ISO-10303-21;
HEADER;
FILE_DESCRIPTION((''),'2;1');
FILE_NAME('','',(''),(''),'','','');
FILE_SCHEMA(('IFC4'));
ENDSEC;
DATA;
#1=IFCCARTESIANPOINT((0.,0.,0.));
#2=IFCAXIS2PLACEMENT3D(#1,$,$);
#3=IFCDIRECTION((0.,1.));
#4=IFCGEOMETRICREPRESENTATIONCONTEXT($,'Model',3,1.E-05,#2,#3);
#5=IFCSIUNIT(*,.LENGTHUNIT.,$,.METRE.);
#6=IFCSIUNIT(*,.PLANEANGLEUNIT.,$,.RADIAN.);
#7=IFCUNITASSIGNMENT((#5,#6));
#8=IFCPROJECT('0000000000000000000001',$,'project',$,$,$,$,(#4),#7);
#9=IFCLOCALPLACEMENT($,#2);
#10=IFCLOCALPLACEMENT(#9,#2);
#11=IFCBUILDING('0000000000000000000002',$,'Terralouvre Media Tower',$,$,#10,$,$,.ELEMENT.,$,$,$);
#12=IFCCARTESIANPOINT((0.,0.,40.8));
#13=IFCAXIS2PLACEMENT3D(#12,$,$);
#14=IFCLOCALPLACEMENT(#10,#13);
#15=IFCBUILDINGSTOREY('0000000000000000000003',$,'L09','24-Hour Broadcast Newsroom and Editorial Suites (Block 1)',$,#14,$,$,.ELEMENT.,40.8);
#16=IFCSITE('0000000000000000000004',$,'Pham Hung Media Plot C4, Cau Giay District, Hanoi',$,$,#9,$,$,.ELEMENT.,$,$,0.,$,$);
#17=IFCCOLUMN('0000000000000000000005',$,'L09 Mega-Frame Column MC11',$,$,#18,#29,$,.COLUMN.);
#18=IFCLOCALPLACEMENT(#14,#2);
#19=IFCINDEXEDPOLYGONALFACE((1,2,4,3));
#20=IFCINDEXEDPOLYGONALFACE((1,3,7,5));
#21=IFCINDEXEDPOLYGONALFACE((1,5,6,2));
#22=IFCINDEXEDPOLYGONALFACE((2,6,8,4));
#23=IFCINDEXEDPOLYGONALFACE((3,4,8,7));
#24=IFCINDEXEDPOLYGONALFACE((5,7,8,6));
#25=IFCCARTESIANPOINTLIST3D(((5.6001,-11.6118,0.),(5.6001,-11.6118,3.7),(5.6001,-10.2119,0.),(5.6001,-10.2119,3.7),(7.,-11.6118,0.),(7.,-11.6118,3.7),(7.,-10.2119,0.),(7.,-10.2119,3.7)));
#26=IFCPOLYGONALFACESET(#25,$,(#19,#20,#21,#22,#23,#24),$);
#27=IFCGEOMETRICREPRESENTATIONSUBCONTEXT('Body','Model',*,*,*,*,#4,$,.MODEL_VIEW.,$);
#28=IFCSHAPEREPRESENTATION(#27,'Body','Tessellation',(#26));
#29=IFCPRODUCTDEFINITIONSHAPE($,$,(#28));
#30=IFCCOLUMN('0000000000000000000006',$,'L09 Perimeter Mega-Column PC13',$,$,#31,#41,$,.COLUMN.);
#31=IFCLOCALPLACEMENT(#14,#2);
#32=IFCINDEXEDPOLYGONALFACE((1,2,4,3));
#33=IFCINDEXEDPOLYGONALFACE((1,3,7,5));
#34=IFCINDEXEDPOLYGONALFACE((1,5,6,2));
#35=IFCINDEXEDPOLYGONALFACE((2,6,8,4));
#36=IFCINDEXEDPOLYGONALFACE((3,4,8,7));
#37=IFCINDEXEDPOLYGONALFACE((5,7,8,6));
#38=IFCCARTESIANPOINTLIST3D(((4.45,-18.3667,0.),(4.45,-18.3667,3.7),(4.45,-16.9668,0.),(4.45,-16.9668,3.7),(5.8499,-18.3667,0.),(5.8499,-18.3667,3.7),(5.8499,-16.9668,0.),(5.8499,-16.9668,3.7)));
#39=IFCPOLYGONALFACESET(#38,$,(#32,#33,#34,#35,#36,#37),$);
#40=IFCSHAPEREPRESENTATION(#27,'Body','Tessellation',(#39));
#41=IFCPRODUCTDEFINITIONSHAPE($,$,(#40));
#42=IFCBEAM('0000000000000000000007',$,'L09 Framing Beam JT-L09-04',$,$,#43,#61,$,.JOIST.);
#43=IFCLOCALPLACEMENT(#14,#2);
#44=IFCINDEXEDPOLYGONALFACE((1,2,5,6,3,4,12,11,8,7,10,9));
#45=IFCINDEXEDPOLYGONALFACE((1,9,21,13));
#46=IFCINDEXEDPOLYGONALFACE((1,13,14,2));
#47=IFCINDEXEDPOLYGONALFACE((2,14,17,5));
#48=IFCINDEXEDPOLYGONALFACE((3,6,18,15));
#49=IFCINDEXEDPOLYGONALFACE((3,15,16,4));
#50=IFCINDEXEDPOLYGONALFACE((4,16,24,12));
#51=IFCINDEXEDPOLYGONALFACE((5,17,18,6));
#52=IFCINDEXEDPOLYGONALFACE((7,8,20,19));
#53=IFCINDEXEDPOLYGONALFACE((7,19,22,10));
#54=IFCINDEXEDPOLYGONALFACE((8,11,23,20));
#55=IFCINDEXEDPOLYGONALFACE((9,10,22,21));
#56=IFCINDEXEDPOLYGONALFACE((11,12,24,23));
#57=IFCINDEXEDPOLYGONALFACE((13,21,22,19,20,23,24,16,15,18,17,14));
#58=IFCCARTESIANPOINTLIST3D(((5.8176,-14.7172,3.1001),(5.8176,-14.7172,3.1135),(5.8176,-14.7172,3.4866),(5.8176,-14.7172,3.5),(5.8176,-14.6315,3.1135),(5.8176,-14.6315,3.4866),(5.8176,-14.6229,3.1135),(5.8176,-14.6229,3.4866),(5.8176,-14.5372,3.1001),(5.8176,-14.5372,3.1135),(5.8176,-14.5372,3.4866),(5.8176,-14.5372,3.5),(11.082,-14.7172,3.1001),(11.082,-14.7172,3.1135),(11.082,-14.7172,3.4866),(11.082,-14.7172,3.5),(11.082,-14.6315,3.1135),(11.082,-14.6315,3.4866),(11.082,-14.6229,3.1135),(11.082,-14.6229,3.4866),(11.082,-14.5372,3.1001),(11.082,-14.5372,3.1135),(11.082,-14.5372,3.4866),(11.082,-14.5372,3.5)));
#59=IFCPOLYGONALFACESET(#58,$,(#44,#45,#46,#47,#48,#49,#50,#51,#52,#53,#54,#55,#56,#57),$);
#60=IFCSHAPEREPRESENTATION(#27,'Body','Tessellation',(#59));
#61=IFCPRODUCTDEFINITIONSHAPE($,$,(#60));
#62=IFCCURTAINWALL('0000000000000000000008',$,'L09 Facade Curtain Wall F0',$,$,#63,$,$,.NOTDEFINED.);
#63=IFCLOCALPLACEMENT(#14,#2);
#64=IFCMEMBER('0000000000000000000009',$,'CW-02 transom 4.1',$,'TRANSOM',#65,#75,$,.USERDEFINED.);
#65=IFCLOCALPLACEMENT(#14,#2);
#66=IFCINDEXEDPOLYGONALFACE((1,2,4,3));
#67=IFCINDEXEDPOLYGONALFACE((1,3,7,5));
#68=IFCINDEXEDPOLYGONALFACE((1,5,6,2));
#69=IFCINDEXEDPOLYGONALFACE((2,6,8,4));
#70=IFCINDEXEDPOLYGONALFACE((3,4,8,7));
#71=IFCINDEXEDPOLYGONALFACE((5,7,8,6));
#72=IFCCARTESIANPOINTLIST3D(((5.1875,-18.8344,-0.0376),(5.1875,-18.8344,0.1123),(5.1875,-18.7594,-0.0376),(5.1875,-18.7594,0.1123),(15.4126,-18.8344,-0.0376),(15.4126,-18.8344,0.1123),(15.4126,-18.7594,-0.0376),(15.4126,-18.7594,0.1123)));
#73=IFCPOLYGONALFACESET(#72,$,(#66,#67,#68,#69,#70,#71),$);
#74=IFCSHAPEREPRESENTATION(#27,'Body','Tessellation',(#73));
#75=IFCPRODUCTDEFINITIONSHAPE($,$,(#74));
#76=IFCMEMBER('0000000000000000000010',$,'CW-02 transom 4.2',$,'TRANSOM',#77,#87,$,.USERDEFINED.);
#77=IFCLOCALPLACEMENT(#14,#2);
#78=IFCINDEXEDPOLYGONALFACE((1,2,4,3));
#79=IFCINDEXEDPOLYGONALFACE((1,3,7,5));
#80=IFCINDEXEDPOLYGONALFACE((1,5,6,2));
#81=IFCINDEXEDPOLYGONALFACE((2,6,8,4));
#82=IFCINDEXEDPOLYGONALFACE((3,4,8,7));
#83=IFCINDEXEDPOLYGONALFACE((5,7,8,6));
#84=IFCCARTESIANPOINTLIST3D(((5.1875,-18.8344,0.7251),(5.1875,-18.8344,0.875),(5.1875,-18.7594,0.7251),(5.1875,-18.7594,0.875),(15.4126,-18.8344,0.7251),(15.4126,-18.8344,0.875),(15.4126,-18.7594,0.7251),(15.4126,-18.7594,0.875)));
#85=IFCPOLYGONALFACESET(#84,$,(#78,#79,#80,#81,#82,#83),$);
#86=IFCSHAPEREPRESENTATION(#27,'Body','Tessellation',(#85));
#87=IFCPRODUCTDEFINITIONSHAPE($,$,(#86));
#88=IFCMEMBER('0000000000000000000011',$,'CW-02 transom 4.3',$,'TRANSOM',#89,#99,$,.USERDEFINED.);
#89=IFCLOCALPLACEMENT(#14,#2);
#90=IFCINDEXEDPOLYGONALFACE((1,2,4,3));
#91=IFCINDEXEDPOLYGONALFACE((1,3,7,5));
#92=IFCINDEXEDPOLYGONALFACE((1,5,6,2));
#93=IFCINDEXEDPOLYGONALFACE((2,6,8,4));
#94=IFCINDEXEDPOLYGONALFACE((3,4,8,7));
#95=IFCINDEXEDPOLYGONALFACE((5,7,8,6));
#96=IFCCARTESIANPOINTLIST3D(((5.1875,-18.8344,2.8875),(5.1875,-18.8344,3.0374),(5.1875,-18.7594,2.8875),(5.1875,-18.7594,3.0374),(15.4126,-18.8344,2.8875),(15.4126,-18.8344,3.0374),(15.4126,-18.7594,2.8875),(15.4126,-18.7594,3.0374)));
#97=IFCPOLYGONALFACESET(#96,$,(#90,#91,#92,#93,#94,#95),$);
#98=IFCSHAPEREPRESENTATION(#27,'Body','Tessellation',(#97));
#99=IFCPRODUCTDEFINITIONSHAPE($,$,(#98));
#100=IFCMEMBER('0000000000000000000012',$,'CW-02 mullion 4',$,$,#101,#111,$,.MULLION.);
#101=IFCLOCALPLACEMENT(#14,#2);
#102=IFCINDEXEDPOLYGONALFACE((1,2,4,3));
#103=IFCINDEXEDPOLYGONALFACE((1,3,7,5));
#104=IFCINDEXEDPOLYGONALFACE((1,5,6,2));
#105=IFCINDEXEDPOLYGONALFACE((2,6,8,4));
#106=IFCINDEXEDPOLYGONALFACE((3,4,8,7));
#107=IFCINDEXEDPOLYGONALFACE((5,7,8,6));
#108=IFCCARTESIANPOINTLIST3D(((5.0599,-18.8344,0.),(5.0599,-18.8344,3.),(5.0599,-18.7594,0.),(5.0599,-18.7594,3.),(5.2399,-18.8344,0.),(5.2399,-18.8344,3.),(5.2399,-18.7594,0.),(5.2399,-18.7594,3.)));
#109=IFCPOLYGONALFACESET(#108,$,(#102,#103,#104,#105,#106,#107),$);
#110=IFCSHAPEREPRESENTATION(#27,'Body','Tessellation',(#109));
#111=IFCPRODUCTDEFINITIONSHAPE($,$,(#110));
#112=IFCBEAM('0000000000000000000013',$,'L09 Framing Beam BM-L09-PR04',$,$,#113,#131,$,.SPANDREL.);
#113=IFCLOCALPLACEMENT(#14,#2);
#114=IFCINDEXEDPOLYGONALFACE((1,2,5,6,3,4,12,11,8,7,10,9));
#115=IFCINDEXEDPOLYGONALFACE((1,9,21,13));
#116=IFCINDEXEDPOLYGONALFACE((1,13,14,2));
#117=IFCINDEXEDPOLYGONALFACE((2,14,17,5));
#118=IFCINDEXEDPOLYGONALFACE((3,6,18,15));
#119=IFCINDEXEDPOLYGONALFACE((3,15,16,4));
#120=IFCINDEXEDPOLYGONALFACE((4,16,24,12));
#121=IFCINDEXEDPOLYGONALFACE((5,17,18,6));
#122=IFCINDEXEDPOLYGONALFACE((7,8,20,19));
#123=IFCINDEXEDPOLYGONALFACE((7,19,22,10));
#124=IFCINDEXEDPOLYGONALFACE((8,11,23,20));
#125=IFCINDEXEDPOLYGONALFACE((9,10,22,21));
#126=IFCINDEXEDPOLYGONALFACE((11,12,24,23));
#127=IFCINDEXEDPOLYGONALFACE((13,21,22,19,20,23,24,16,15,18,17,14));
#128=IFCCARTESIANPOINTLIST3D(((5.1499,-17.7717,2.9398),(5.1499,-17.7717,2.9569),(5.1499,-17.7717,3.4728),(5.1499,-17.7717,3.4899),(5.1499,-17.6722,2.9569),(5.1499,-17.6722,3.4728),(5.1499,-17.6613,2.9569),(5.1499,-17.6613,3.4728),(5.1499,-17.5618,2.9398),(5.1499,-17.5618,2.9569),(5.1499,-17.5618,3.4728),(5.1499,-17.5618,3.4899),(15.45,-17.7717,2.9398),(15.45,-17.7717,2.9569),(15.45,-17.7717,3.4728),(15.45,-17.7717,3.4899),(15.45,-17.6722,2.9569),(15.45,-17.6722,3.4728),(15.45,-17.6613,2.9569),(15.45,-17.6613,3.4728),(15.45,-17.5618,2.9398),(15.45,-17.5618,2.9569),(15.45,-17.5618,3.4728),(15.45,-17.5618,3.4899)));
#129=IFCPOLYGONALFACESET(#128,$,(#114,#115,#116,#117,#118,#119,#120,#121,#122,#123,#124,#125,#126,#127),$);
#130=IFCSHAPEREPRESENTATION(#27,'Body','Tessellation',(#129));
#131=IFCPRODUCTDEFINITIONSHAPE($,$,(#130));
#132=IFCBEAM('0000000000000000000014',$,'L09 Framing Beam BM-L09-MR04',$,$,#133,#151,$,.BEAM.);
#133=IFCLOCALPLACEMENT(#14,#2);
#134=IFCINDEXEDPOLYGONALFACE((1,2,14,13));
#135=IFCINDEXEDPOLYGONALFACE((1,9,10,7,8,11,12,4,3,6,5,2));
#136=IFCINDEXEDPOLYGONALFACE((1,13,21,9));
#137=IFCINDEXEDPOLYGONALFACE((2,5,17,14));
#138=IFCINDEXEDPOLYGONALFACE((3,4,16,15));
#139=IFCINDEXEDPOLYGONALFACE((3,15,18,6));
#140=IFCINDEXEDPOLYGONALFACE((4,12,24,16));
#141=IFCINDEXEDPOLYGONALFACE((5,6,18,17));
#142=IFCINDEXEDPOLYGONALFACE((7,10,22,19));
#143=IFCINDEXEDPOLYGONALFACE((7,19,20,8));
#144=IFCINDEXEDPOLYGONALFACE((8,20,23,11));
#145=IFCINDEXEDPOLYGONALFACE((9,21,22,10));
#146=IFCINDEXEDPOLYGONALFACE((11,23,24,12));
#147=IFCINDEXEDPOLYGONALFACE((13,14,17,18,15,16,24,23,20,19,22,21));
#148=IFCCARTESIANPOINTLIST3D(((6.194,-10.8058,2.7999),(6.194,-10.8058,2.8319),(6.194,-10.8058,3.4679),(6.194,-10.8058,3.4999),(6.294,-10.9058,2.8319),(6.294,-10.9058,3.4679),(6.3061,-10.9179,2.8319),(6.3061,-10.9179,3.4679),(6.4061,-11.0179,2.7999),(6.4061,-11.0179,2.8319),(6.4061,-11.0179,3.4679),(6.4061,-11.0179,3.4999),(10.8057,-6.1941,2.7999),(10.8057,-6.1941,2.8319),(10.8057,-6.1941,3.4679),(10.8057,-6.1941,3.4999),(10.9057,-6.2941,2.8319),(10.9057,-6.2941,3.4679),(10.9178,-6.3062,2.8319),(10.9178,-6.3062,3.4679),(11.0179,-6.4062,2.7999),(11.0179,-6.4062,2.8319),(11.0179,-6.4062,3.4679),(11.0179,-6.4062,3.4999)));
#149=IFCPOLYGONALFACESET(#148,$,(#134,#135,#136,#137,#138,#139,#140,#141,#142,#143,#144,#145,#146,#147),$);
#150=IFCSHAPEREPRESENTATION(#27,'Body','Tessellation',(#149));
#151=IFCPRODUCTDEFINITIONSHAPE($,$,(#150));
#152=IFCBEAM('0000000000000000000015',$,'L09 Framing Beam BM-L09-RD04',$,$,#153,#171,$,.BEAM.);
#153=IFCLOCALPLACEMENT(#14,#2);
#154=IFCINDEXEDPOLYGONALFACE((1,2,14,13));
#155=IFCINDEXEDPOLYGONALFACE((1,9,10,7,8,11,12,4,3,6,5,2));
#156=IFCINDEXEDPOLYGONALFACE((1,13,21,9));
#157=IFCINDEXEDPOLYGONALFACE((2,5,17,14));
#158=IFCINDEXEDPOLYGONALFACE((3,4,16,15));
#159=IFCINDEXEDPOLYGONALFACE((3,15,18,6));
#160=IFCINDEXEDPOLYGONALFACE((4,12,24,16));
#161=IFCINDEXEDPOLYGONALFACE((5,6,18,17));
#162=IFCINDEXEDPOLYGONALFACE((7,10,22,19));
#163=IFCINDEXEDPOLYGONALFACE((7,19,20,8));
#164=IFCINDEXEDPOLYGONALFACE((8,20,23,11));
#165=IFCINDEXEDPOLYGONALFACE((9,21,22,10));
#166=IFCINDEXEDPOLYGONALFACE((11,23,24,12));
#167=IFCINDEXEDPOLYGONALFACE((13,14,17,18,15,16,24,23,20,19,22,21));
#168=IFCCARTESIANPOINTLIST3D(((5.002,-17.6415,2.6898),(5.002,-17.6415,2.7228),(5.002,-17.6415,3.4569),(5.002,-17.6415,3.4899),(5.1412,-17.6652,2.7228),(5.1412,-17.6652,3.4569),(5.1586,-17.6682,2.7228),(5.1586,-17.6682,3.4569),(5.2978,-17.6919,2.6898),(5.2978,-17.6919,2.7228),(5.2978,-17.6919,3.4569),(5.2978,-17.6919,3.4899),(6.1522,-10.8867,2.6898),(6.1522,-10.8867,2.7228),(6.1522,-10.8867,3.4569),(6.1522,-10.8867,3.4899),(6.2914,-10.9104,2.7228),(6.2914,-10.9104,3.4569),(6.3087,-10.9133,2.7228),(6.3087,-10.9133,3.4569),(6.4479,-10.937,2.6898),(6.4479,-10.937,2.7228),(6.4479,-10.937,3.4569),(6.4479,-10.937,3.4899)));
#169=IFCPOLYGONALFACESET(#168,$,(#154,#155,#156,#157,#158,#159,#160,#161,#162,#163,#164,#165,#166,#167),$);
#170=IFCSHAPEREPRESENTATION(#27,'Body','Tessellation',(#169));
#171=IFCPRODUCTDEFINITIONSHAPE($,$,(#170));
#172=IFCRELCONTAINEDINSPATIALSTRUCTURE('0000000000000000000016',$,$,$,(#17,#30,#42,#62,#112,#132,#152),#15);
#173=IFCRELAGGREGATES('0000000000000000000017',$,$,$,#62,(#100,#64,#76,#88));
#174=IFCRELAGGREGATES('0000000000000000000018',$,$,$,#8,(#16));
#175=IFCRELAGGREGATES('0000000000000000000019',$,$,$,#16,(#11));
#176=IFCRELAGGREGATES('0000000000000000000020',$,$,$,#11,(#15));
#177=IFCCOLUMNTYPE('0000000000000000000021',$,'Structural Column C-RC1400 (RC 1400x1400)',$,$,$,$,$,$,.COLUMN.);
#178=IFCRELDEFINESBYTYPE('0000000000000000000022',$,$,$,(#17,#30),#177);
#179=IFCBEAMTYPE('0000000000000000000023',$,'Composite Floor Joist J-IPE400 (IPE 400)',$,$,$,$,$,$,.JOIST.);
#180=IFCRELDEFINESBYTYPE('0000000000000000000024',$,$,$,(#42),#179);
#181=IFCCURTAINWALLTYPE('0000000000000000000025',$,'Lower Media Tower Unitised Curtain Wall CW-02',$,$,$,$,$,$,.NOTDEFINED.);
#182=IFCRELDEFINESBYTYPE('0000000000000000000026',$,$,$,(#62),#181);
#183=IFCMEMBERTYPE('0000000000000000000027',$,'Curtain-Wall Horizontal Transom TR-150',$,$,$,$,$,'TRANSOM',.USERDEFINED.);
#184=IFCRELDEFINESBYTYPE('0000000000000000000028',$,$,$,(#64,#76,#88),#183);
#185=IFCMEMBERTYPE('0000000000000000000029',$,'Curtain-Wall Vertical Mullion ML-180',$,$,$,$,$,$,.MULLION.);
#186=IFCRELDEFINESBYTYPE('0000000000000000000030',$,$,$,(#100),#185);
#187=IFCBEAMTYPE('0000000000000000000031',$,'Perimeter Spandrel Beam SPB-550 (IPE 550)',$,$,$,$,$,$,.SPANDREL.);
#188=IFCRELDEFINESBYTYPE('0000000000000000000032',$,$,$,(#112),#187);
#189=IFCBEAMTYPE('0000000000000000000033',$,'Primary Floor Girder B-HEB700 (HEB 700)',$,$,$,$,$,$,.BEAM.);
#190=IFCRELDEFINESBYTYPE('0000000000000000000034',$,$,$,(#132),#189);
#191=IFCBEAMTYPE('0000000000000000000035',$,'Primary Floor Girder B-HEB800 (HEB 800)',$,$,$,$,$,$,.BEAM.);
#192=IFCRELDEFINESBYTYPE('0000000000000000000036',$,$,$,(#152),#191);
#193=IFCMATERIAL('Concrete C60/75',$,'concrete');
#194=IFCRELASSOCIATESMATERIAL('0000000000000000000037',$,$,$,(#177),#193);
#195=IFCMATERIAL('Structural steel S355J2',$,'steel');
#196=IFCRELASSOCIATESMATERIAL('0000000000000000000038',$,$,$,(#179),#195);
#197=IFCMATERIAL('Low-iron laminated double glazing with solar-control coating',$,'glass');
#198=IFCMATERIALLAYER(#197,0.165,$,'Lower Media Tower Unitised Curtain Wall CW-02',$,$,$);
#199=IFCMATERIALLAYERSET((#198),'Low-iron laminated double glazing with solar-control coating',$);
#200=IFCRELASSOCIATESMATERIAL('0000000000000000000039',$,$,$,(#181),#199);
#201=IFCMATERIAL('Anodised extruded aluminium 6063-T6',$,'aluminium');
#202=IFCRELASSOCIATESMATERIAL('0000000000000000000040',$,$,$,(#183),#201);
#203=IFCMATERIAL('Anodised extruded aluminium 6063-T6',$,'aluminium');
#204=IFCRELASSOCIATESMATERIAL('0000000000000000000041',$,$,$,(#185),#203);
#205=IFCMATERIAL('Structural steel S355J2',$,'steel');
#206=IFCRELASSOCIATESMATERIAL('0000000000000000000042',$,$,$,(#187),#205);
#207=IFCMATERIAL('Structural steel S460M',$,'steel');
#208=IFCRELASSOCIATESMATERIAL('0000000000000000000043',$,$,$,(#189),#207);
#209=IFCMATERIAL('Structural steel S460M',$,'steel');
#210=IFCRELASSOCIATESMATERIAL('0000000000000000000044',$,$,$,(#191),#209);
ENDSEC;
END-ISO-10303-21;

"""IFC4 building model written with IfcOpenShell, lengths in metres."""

from ifc_helpers import new_model, si_unit, direction, frame, origin, origin_2d, place, context, subcontext, project, spatial, rectangle, i_section, extrude, material, layer, layer_set, material_profile, profile_set, type_object, element, aggregate, save


model = new_model("IFC4")

# Units and contexts
model_context = context("Model", 3, precision=1e-05, world=origin(), true_north=direction((0.0, 1.0)))
body_context = subcontext(model_context, "Body", "Model", "MODEL_VIEW")
ifc_project = project(units=[si_unit("LENGTHUNIT", "METRE"), si_unit("PLANEANGLEUNIT", "RADIAN")], contexts=[model_context])

# Site, building, storey
site_placement = place(None, origin())
site = spatial("IfcSite", under=ifc_project, at=site_placement, Name="Pham Hung Media Plot C4, Cau Giay District, Hanoi", CompositionType="ELEMENT", RefElevation=0.0)
building_placement = place(site_placement, origin())
building = spatial("IfcBuilding", under=site, at=building_placement, Name="Terralouvre Media Tower", CompositionType="ELEMENT")
storey_placement = place(building_placement, frame((0.0, 0.0, 40.8)))
storey = spatial("IfcBuildingStorey", under=building, at=storey_placement, Name="L09", Description="24-Hour Broadcast Newsroom and Editorial Suites (Block 1)", CompositionType="ELEMENT", Elevation=40.8)

# Columns
ifc_material_1 = material(Name="Concrete C60/75", Category="concrete")
ifc_material_profile_1 = material_profile(ifc_material_1, rectangle(XDim=1.3999, YDim=1.3999, at=origin_2d()), Name="RC 1400x1400")
ifc_profile_set_1 = profile_set([ifc_material_profile_1], Name="Concrete C60/75")
column_type = type_object("IfcColumnType", Name="Structural Column C-RC1400 (RC 1400x1400)", PredefinedType="COLUMN", material=ifc_profile_set_1)
for number, where, z_axis, x_axis, name in (
    (1, (6.3, -10.9119, 0.0), (0.0, 0.0, 1.0), (1.0, 0.0, 0.0), "L09 Mega-Frame Column MC11"),
    (2, (5.1499, -17.6667, 0.0), (0.0, 0.0, 1.0), (1.0, 0.0, 0.0), "L09 Perimeter Mega-Column PC13"),
):
    element("IfcColumn", number, at=place(storey_placement, frame(where, z_axis=z_axis, x_axis=x_axis)), inside=storey, type_object=column_type, Name=name, PredefinedType="COLUMN", context=body_context, shape_type="SweptSolid", body=[
        extrude(rectangle(XDim=1.3999, YDim=1.3999, at=origin_2d()), origin(), (0.0, 0.0, 1.0), 3.7),
    ])

# Beam
ifc_material_2 = material(Name="Structural steel S355J2", Category="steel")
ifc_material_profile_2 = material_profile(ifc_material_2, i_section(OverallWidth=0.1799, OverallDepth=0.3999, WebThickness=0.0085, FlangeThickness=0.0134, at=origin_2d()), Name="IPE 400")
ifc_profile_set_2 = profile_set([ifc_material_profile_2], Name="Structural steel S355J2")
beam_type_1 = type_object("IfcBeamType", Name="Composite Floor Joist J-IPE400 (IPE 400)", PredefinedType="JOIST", material=ifc_profile_set_2)
beam_1_placement = place(storey_placement, frame((5.8176, -14.6272, 3.3), z_axis=(1.0, 0.0, 0.0), x_axis=(0.0, 1.0, 0.0)))
element("IfcBeam", 3, at=beam_1_placement, inside=storey, type_object=beam_type_1, Name="L09 Framing Beam JT-L09-04", PredefinedType="JOIST", context=body_context, shape_type="SweptSolid", body=[
    extrude(i_section(OverallWidth=0.1799, OverallDepth=0.3999, WebThickness=0.0085, FlangeThickness=0.0134, at=origin_2d()), origin(), (0.0, 0.0, 1.0), 5.2644),
])

# Curtain wall, members
ifc_material_3 = material(Name="Low-iron laminated double glazing with solar-control coating", Category="glass")
ifc_layer_1 = layer(ifc_material_3, 0.165, Name="Lower Media Tower Unitised Curtain Wall CW-02")
ifc_layer_set_1 = layer_set([ifc_layer_1], Name="Low-iron laminated double glazing with solar-control coating")
curtain_wall_type = type_object("IfcCurtainWallType", Name="Lower Media Tower Unitised Curtain Wall CW-02", PredefinedType="NOTDEFINED", material=ifc_layer_set_1)
curtain_wall_placement = place(storey_placement, origin())
curtain_wall = element("IfcCurtainWall", 4, at=curtain_wall_placement, inside=storey, type_object=curtain_wall_type, Name="L09 Facade Curtain Wall F0", PredefinedType="NOTDEFINED")
ifc_material_4 = material(Name="Anodised extruded aluminium 6063-T6", Category="aluminium")
ifc_material_profile_3 = material_profile(ifc_material_4, rectangle(XDim=0.075, YDim=0.1499, at=origin_2d()), Name="ALU 75x150")
ifc_profile_set_3 = profile_set([ifc_material_profile_3], Name="Anodised extruded aluminium 6063-T6")
member_type_1 = type_object("IfcMemberType", Name="Curtain-Wall Horizontal Transom TR-150", ElementType="TRANSOM", PredefinedType="USERDEFINED", material=ifc_profile_set_3)
member_1_placement = place(storey_placement, frame((5.1875, -18.7969, 0.0374), z_axis=(1.0, 0.0, 0.0), x_axis=(0.0, 1.0, 0.0)))
member_1 = element("IfcMember", 5, at=member_1_placement, type_object=member_type_1, Name="CW-02 transom 4.1", ObjectType="TRANSOM", PredefinedType="USERDEFINED", context=body_context, shape_type="SweptSolid", body=[
    extrude(rectangle(XDim=0.075, YDim=0.1499, at=origin_2d()), origin(), (0.0, 0.0, 1.0), 10.2251),
])
member_2_placement = place(storey_placement, frame((5.1875, -18.7969, 0.8), z_axis=(1.0, 0.0, 0.0), x_axis=(0.0, 1.0, 0.0)))
member_2 = element("IfcMember", 6, at=member_2_placement, type_object=member_type_1, Name="CW-02 transom 4.2", ObjectType="TRANSOM", PredefinedType="USERDEFINED", context=body_context, shape_type="SweptSolid", body=[
    extrude(rectangle(XDim=0.075, YDim=0.1499, at=origin_2d()), origin(), (0.0, 0.0, 1.0), 10.2251),
])
member_3_placement = place(storey_placement, frame((5.1875, -18.7969, 2.9624), z_axis=(1.0, 0.0, 0.0), x_axis=(0.0, 1.0, 0.0)))
member_3 = element("IfcMember", 7, at=member_3_placement, type_object=member_type_1, Name="CW-02 transom 4.3", ObjectType="TRANSOM", PredefinedType="USERDEFINED", context=body_context, shape_type="SweptSolid", body=[
    extrude(rectangle(XDim=0.075, YDim=0.1499, at=origin_2d()), origin(), (0.0, 0.0, 1.0), 10.2251),
])
ifc_material_5 = material(Name="Anodised extruded aluminium 6063-T6", Category="aluminium")
ifc_material_profile_4 = material_profile(ifc_material_5, rectangle(XDim=0.075, YDim=0.1799, at=origin_2d()), Name="ALU 75x180")
ifc_profile_set_4 = profile_set([ifc_material_profile_4], Name="Anodised extruded aluminium 6063-T6")
member_type_2 = type_object("IfcMemberType", Name="Curtain-Wall Vertical Mullion ML-180", PredefinedType="MULLION", material=ifc_profile_set_4)
member_4_placement = place(storey_placement, frame((5.1499, -18.7969, 0.0), z_axis=(0.0, 0.0, 1.0), x_axis=(0.0, 1.0, 0.0)))
member_4 = element("IfcMember", 8, at=member_4_placement, type_object=member_type_2, Name="CW-02 mullion 4", PredefinedType="MULLION", context=body_context, shape_type="SweptSolid", body=[
    extrude(rectangle(XDim=0.075, YDim=0.1799, at=origin_2d()), origin(), (0.0, 0.0, 1.0), 3.0),
])

# Beams
ifc_material_6 = material(Name="Structural steel S355J2", Category="steel")
ifc_material_profile_5 = material_profile(ifc_material_6, i_section(OverallWidth=0.21, OverallDepth=0.55, WebThickness=0.011, FlangeThickness=0.0171, at=origin_2d()), Name="IPE 550")
ifc_profile_set_5 = profile_set([ifc_material_profile_5], Name="Structural steel S355J2")
beam_type_2 = type_object("IfcBeamType", Name="Perimeter Spandrel Beam SPB-550 (IPE 550)", PredefinedType="SPANDREL", material=ifc_profile_set_5)
beam_2_placement = place(storey_placement, frame((5.1499, -17.6667, 3.2148), z_axis=(1.0, 0.0, 0.0), x_axis=(0.0, 1.0, 0.0)))
element("IfcBeam", 9, at=beam_2_placement, inside=storey, type_object=beam_type_2, Name="L09 Framing Beam BM-L09-PR04", PredefinedType="SPANDREL", context=body_context, shape_type="SweptSolid", body=[
    extrude(i_section(OverallWidth=0.21, OverallDepth=0.55, WebThickness=0.011, FlangeThickness=0.0171, at=origin_2d()), origin(), (0.0, 0.0, 1.0), 10.3),
])
ifc_material_7 = material(Name="Structural steel S460M", Category="steel")
ifc_material_profile_6 = material_profile(ifc_material_7, i_section(OverallWidth=0.3, OverallDepth=0.7, WebThickness=0.0171, FlangeThickness=0.032, at=origin_2d()), Name="HEB 700")
ifc_profile_set_6 = profile_set([ifc_material_profile_6], Name="Structural steel S460M")
beam_type_3 = type_object("IfcBeamType", Name="Primary Floor Girder B-HEB700 (HEB 700)", PredefinedType="BEAM", material=ifc_profile_set_6)
beam_3_placement = place(storey_placement, frame((6.3, -10.9119, 3.1499), z_axis=(0.707107, 0.707107, 0.0), x_axis=(-0.707107, 0.707107, 0.0)))
element("IfcBeam", 10, at=beam_3_placement, inside=storey, type_object=beam_type_3, Name="L09 Framing Beam BM-L09-MR04", PredefinedType="BEAM", context=body_context, shape_type="SweptSolid", body=[
    extrude(i_section(OverallWidth=0.3, OverallDepth=0.7, WebThickness=0.0171, FlangeThickness=0.032, at=origin_2d()), origin(), (0.0, 0.0, 1.0), 6.522),
])
ifc_material_8 = material(Name="Structural steel S460M", Category="steel")
ifc_material_profile_7 = material_profile(ifc_material_8, i_section(OverallWidth=0.3, OverallDepth=0.8, WebThickness=0.0176, FlangeThickness=0.033, at=origin_2d()), Name="HEB 800")
ifc_profile_set_7 = profile_set([ifc_material_profile_7], Name="Structural steel S460M")
beam_type_4 = type_object("IfcBeamType", Name="Primary Floor Girder B-HEB800 (HEB 800)", PredefinedType="BEAM", material=ifc_profile_set_7)
beam_4_placement = place(storey_placement, frame((6.3, -10.9119, 3.0898), z_axis=(-0.167853, -0.985812, 0.0), x_axis=(0.985812, -0.167853, 0.0)))
element("IfcBeam", 11, at=beam_4_placement, inside=storey, type_object=beam_type_4, Name="L09 Framing Beam BM-L09-RD04", PredefinedType="BEAM", context=body_context, shape_type="SweptSolid", body=[
    extrude(i_section(OverallWidth=0.3, OverallDepth=0.8, WebThickness=0.0176, FlangeThickness=0.033, at=origin_2d()), origin(), (0.0, 0.0, 1.0), 6.8521),
])

aggregate(curtain_wall, [member_4, member_1, member_2, member_3])

save(model, "model.ifc")
